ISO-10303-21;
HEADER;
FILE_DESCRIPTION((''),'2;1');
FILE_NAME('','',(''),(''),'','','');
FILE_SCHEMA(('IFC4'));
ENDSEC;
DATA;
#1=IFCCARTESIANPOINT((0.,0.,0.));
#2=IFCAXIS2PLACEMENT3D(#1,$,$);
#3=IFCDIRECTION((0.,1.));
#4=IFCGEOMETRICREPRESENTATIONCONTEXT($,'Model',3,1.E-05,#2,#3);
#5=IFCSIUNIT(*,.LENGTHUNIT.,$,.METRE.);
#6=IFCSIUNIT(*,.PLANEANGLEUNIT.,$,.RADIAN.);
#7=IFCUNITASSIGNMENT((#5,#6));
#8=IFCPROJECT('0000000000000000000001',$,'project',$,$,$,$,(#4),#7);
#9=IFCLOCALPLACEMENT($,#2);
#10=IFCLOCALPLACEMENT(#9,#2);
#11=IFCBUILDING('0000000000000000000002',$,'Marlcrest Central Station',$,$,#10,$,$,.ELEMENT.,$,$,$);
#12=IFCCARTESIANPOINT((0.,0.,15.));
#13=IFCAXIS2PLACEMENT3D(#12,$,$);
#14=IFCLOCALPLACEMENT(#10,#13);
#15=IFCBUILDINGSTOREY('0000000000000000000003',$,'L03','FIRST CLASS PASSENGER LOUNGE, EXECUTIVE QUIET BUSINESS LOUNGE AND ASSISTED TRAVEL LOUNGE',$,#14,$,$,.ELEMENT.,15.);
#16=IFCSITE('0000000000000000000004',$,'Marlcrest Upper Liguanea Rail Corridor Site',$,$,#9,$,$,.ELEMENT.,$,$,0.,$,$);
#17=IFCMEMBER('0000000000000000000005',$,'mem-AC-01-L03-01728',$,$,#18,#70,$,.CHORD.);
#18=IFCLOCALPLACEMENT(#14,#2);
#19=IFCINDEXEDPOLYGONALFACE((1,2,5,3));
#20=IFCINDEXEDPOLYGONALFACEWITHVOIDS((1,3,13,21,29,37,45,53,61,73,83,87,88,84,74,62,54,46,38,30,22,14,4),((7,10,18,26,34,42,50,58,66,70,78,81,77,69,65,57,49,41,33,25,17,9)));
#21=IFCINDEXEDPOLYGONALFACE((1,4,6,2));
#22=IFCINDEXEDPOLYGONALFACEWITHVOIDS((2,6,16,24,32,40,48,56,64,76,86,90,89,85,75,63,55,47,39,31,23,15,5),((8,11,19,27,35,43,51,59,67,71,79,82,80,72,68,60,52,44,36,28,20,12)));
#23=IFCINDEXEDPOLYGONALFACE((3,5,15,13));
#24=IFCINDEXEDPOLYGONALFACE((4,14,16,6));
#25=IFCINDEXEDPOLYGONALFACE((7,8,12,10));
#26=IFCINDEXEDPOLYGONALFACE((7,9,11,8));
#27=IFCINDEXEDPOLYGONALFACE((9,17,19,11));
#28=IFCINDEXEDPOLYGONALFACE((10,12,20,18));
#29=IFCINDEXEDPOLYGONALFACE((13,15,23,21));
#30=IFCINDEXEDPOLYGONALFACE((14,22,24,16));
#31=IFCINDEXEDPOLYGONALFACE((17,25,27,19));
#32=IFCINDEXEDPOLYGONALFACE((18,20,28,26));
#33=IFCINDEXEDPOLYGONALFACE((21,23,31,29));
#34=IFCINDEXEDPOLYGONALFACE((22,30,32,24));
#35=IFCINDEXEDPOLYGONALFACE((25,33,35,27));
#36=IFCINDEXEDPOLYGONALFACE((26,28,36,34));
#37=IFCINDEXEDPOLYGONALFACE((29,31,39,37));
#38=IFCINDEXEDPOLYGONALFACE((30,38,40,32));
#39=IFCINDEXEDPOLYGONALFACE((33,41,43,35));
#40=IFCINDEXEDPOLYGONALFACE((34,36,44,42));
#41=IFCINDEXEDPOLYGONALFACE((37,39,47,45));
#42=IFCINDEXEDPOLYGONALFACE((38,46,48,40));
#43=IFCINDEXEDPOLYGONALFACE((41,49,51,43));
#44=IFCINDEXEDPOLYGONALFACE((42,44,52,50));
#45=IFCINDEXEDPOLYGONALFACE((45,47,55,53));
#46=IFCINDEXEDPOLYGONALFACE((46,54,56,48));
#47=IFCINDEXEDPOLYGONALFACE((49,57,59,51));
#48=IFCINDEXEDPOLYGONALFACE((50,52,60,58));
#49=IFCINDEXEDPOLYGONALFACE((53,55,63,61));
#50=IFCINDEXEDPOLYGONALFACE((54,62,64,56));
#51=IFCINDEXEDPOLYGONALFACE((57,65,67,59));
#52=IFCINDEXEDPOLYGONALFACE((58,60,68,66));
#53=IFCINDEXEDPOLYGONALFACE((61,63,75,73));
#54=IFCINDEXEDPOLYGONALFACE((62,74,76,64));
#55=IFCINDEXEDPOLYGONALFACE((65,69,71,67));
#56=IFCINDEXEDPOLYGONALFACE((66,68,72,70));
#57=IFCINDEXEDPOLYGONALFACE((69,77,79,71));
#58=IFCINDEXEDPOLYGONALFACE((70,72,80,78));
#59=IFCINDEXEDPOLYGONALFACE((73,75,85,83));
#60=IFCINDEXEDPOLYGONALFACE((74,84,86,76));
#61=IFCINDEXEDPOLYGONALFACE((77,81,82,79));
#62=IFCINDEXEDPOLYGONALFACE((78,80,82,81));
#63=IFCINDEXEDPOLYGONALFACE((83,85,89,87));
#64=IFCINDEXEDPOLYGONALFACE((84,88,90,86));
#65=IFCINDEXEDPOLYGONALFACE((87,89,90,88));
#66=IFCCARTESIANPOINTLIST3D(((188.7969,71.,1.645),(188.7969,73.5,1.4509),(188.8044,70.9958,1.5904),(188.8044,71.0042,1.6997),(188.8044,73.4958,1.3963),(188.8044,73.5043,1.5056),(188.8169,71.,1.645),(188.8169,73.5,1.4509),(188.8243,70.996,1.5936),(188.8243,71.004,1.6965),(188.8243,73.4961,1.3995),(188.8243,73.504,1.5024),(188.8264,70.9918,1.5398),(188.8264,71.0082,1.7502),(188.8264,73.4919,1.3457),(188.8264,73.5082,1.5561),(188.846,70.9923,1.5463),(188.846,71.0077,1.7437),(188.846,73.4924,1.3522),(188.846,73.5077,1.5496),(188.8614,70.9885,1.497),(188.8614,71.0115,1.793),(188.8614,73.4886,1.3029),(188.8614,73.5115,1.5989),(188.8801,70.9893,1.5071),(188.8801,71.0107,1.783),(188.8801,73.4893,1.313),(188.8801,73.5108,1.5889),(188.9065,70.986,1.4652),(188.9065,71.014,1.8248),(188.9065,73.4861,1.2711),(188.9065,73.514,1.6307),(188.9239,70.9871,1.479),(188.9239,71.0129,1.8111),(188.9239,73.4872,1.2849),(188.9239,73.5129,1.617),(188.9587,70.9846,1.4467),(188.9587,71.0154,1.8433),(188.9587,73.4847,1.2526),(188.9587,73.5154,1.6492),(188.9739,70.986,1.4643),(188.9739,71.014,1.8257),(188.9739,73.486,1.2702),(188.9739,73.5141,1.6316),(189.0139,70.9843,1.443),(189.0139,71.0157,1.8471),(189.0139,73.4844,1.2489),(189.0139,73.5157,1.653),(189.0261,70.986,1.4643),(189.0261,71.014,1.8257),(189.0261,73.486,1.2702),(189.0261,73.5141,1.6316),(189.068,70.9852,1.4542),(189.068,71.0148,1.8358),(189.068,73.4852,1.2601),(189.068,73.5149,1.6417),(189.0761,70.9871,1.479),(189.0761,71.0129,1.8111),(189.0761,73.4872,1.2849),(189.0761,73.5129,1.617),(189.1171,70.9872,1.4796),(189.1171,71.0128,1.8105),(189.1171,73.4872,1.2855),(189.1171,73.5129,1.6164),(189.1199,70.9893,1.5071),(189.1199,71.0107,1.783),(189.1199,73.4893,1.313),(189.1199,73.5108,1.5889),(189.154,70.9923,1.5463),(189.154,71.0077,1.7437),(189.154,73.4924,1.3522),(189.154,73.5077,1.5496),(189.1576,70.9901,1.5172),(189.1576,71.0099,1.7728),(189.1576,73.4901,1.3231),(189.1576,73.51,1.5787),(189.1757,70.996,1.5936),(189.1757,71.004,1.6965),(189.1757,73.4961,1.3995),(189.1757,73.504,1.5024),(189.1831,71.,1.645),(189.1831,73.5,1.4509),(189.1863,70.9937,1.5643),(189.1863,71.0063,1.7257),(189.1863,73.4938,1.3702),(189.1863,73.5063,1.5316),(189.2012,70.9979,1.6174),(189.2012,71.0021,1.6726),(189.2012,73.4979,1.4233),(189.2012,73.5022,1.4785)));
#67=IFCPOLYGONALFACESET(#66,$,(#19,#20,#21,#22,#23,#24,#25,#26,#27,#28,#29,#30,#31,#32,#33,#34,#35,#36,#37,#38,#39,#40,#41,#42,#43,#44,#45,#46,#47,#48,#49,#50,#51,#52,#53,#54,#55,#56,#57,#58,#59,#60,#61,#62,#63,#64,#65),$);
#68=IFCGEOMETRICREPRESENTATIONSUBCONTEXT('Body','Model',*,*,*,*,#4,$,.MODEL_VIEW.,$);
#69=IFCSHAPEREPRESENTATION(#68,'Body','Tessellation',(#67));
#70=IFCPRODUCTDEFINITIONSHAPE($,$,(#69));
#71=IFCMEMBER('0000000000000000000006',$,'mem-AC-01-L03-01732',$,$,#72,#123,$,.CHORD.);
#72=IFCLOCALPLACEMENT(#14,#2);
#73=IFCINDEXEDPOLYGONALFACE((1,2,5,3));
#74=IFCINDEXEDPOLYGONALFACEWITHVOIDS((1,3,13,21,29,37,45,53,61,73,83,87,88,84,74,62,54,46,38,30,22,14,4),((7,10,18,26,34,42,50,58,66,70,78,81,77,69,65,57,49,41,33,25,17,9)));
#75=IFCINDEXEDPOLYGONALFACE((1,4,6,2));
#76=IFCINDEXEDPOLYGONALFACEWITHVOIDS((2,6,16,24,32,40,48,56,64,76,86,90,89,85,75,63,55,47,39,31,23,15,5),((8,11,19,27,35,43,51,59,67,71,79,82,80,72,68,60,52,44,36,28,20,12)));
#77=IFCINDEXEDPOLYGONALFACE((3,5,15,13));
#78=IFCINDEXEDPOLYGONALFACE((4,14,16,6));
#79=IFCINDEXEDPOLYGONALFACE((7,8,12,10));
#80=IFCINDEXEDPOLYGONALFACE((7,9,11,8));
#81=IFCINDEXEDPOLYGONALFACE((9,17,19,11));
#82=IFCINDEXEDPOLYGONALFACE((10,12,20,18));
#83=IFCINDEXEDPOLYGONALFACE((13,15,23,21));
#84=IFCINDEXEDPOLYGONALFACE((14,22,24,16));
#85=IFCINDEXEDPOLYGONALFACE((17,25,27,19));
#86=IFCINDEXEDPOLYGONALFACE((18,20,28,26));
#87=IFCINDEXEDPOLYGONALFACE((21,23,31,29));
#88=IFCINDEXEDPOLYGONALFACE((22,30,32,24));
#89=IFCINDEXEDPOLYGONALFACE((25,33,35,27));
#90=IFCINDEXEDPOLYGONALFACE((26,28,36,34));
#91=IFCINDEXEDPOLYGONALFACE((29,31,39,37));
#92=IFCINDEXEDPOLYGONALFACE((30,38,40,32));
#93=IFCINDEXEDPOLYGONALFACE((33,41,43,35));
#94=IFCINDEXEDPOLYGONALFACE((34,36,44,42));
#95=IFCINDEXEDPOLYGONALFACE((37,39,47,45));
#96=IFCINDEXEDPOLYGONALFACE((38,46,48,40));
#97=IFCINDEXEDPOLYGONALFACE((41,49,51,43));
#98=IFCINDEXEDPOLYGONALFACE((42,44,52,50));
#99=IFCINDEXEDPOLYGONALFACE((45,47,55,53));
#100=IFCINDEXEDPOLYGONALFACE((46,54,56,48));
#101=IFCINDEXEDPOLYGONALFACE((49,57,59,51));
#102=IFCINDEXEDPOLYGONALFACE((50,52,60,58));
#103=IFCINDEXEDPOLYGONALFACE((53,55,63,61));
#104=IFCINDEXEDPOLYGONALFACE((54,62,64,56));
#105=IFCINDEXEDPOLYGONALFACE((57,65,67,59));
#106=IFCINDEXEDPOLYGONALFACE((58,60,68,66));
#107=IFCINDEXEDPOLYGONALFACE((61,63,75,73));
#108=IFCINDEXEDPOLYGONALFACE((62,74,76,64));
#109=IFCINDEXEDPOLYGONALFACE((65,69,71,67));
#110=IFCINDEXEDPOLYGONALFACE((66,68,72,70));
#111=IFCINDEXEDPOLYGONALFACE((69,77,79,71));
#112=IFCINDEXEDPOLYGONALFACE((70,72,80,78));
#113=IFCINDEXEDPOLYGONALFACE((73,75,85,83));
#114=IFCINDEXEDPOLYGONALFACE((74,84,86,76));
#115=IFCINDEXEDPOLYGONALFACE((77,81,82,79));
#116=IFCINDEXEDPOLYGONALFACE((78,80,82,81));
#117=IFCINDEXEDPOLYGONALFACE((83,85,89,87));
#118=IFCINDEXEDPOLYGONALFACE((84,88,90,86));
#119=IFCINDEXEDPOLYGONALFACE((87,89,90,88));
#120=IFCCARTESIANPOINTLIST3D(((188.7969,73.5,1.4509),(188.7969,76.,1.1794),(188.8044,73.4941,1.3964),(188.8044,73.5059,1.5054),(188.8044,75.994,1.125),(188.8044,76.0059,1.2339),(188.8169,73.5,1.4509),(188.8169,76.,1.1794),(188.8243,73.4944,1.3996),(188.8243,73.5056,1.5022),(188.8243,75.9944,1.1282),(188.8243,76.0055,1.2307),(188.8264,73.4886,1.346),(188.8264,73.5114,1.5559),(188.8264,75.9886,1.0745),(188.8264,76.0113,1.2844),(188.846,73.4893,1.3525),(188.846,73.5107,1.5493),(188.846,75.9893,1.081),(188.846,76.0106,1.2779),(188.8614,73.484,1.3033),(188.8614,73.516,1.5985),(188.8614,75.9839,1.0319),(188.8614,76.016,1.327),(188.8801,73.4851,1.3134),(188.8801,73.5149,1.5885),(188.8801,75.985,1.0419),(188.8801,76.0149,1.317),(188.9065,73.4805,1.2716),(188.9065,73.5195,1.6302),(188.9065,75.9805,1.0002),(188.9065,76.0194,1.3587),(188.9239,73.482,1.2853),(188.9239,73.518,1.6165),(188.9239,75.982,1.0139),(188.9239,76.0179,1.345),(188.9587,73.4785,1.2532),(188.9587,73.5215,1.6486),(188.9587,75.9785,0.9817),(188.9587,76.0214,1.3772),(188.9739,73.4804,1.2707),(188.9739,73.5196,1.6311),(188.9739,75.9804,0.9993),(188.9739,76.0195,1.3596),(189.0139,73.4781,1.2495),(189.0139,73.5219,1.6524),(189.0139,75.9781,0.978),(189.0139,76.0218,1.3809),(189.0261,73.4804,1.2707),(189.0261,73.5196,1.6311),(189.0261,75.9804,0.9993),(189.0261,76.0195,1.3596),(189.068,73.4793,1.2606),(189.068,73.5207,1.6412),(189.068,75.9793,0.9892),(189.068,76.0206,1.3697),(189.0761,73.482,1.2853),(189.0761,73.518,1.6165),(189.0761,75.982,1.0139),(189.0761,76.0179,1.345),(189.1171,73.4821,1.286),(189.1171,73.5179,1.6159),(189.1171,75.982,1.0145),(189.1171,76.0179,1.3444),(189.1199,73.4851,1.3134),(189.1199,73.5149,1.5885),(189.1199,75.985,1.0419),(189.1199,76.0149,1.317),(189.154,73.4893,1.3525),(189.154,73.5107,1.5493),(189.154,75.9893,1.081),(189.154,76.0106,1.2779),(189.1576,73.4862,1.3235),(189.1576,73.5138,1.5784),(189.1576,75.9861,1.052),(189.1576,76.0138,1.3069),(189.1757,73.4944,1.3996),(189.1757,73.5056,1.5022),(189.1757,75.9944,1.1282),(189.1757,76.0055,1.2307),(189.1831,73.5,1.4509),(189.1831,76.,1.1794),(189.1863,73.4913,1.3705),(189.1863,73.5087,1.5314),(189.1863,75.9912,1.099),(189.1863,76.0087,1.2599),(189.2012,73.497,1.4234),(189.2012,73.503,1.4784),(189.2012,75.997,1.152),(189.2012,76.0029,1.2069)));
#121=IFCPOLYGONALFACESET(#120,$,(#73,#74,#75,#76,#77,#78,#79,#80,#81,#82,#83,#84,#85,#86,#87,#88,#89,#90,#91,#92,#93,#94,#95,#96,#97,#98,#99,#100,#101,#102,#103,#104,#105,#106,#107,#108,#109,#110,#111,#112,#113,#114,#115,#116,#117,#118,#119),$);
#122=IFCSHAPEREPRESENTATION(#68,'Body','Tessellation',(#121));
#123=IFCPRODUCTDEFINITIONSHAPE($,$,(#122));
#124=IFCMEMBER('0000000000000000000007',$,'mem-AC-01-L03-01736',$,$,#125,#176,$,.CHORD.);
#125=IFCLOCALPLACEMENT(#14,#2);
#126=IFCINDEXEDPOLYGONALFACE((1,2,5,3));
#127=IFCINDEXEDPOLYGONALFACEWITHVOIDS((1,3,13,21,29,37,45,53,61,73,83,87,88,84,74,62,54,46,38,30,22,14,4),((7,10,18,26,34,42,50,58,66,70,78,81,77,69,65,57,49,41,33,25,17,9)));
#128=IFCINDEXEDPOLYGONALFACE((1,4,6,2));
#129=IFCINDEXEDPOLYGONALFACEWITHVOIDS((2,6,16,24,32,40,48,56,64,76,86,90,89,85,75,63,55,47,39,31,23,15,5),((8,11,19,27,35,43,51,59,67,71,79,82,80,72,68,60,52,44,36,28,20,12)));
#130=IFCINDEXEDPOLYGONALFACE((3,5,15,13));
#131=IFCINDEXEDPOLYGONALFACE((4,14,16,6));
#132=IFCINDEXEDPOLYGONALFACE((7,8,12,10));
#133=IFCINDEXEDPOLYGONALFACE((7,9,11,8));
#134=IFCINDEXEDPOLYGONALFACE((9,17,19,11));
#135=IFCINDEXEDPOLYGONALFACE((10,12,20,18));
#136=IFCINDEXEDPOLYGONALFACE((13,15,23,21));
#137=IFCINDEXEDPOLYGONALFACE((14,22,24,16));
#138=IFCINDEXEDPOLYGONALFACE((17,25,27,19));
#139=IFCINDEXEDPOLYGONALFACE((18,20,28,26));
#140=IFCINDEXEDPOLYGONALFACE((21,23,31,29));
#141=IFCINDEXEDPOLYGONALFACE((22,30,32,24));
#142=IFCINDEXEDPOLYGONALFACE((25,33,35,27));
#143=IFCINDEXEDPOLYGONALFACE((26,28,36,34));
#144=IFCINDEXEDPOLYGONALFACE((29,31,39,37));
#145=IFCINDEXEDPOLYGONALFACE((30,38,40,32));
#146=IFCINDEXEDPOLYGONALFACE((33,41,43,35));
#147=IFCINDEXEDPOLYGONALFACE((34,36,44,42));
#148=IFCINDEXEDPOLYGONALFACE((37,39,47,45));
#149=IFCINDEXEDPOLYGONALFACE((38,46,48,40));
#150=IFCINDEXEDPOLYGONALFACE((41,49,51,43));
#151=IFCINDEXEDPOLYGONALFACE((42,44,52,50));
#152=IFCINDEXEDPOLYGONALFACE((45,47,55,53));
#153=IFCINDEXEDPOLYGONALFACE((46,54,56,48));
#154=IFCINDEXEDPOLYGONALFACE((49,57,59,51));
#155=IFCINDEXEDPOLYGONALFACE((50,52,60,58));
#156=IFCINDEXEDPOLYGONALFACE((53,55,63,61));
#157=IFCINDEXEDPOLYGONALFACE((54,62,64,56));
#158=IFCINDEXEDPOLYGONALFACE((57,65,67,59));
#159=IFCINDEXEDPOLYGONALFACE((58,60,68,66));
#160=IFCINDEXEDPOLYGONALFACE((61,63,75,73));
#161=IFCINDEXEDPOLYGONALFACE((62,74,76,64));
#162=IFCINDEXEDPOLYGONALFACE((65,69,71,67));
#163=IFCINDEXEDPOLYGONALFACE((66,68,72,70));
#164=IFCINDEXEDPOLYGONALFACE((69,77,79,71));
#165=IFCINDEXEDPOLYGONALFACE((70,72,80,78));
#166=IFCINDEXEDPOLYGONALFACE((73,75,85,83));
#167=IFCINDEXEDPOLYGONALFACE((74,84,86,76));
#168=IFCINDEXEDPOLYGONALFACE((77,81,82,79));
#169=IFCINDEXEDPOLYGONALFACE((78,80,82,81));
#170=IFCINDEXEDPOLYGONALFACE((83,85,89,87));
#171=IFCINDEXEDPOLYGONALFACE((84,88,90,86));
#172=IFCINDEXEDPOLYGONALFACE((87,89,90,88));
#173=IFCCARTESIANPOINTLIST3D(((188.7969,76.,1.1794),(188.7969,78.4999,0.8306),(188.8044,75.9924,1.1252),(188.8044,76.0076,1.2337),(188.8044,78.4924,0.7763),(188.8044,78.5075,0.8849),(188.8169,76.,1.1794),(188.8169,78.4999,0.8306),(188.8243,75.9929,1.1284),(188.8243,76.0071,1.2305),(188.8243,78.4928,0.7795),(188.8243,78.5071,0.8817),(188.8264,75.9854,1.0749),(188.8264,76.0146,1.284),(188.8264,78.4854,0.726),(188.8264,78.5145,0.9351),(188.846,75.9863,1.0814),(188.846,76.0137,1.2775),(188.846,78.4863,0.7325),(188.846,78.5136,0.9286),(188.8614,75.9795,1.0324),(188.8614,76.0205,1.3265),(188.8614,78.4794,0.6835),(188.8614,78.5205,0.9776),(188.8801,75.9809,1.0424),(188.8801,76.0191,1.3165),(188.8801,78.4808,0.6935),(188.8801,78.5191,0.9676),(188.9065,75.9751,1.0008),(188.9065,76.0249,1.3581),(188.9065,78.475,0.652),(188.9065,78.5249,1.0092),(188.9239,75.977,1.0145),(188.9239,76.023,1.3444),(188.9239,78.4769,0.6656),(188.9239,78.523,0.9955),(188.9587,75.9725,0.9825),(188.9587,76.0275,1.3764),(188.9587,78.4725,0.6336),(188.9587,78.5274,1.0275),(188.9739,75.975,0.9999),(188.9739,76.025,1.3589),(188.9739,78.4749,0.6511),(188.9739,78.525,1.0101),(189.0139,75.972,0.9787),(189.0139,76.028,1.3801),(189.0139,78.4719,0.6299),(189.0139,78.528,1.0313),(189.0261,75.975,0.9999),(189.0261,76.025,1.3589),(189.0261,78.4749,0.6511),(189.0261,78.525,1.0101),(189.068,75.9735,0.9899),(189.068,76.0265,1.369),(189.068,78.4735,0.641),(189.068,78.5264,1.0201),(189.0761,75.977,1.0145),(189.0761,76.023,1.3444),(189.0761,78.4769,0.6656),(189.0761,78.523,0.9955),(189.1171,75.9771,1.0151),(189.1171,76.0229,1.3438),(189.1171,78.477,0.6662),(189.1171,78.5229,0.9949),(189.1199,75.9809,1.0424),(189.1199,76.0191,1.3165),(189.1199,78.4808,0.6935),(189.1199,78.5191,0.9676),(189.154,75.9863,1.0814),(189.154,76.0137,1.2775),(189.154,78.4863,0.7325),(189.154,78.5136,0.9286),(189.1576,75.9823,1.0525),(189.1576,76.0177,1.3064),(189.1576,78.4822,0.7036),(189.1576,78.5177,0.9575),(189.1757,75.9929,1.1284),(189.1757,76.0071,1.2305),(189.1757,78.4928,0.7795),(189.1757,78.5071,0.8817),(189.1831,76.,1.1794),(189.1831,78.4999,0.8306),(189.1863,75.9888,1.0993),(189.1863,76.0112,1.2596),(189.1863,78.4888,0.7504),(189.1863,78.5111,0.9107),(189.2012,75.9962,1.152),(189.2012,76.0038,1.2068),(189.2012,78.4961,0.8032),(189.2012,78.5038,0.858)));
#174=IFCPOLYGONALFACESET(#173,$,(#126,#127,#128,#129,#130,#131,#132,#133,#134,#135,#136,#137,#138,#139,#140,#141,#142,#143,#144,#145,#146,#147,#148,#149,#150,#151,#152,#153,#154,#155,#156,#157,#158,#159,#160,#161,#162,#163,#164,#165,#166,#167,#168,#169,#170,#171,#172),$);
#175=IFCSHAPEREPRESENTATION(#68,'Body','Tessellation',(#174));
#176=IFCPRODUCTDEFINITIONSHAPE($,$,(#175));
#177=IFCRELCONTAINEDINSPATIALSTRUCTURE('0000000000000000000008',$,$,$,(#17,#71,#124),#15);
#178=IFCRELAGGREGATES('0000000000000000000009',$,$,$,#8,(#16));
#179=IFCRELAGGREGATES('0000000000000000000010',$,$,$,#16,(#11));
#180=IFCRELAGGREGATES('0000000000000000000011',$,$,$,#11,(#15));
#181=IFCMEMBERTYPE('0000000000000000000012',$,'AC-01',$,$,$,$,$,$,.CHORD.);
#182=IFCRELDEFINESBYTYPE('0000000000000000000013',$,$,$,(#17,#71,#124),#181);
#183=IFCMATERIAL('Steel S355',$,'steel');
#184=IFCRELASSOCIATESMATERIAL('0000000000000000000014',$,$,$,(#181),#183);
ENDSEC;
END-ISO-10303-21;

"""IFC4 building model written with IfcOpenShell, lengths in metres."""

from ifc_helpers import new_model, si_unit, direction, frame, origin, origin_2d, place, context, subcontext, project, spatial, hollow_circle, extrude, material, material_profile, profile_set, type_object, element, save


model = new_model("IFC4")

# Units and contexts
model_context = context("Model", 3, precision=1e-05, world=origin(), true_north=direction((0.0, 1.0)))
body_context = subcontext(model_context, "Body", "Model", "MODEL_VIEW")
ifc_project = project(units=[si_unit("LENGTHUNIT", "METRE"), si_unit("PLANEANGLEUNIT", "RADIAN")], contexts=[model_context])

# Site, building, storey
site_placement = place(None, origin())
site = spatial("IfcSite", under=ifc_project, at=site_placement, Name="Marlcrest Upper Liguanea Rail Corridor Site", CompositionType="ELEMENT", RefElevation=0.0)
building_placement = place(site_placement, origin())
building = spatial("IfcBuilding", under=site, at=building_placement, Name="Marlcrest Central Station", CompositionType="ELEMENT")
storey_placement = place(building_placement, frame((0.0, 0.0, 15.0)))
storey = spatial("IfcBuildingStorey", under=building, at=storey_placement, Name="L03", Description="FIRST CLASS PASSENGER LOUNGE, EXECUTIVE QUIET BUSINESS LOUNGE AND ASSISTED TRAVEL LOUNGE", CompositionType="ELEMENT", Elevation=15.0)

# Members
ifc_material_1 = material(Name="Steel S355", Category="steel")
ifc_material_profile_1 = material_profile(ifc_material_1, hollow_circle(Radius=0.2031, WallThickness=0.02, at=origin_2d()), Name="CHS 406.4x20")
ifc_profile_set_1 = profile_set([ifc_material_profile_1], Name="Steel S355")
member_type_1 = type_object("IfcMemberType", Name="AC-01", PredefinedType="CHORD", material=ifc_profile_set_1)
member_1_placement = place(storey_placement, frame((189.0, 71.0, 1.645), z_axis=(0.0, 0.997, -0.077404), x_axis=(-1.0, 0.0, 0.0)))
element("IfcMember", 1, at=member_1_placement, inside=storey, type_object=member_type_1, Name="mem-AC-01-L03-01728", PredefinedType="CHORD", context=body_context, shape_type="SweptSolid", body=[
    extrude(hollow_circle(Radius=0.2031, WallThickness=0.02, at=origin_2d()), origin(), (0.0, 0.0, 1.0), 2.5076),
])
member_2_placement = place(storey_placement, frame((189.0, 73.5, 1.4509), z_axis=(0.0, 0.994155, -0.107959), x_axis=(-1.0, 0.0, 0.0)))
element("IfcMember", 2, at=member_2_placement, inside=storey, type_object=member_type_1, Name="mem-AC-01-L03-01732", PredefinedType="CHORD", context=body_context, shape_type="SweptSolid", body=[
    extrude(hollow_circle(Radius=0.2031, WallThickness=0.02, at=origin_2d()), origin(), (0.0, 0.0, 1.0), 2.5146),
])
member_3_placement = place(storey_placement, frame((189.0, 76.0, 1.1794), z_axis=(0.0, 0.990403, -0.138211), x_axis=(-1.0, 0.0, 0.0)))
element("IfcMember", 3, at=member_3_placement, inside=storey, type_object=member_type_1, Name="mem-AC-01-L03-01736", PredefinedType="CHORD", context=body_context, shape_type="SweptSolid", body=[
    extrude(hollow_circle(Radius=0.2031, WallThickness=0.02, at=origin_2d()), origin(), (0.0, 0.0, 1.0), 2.5242),
])

save(model, "model.ifc")
